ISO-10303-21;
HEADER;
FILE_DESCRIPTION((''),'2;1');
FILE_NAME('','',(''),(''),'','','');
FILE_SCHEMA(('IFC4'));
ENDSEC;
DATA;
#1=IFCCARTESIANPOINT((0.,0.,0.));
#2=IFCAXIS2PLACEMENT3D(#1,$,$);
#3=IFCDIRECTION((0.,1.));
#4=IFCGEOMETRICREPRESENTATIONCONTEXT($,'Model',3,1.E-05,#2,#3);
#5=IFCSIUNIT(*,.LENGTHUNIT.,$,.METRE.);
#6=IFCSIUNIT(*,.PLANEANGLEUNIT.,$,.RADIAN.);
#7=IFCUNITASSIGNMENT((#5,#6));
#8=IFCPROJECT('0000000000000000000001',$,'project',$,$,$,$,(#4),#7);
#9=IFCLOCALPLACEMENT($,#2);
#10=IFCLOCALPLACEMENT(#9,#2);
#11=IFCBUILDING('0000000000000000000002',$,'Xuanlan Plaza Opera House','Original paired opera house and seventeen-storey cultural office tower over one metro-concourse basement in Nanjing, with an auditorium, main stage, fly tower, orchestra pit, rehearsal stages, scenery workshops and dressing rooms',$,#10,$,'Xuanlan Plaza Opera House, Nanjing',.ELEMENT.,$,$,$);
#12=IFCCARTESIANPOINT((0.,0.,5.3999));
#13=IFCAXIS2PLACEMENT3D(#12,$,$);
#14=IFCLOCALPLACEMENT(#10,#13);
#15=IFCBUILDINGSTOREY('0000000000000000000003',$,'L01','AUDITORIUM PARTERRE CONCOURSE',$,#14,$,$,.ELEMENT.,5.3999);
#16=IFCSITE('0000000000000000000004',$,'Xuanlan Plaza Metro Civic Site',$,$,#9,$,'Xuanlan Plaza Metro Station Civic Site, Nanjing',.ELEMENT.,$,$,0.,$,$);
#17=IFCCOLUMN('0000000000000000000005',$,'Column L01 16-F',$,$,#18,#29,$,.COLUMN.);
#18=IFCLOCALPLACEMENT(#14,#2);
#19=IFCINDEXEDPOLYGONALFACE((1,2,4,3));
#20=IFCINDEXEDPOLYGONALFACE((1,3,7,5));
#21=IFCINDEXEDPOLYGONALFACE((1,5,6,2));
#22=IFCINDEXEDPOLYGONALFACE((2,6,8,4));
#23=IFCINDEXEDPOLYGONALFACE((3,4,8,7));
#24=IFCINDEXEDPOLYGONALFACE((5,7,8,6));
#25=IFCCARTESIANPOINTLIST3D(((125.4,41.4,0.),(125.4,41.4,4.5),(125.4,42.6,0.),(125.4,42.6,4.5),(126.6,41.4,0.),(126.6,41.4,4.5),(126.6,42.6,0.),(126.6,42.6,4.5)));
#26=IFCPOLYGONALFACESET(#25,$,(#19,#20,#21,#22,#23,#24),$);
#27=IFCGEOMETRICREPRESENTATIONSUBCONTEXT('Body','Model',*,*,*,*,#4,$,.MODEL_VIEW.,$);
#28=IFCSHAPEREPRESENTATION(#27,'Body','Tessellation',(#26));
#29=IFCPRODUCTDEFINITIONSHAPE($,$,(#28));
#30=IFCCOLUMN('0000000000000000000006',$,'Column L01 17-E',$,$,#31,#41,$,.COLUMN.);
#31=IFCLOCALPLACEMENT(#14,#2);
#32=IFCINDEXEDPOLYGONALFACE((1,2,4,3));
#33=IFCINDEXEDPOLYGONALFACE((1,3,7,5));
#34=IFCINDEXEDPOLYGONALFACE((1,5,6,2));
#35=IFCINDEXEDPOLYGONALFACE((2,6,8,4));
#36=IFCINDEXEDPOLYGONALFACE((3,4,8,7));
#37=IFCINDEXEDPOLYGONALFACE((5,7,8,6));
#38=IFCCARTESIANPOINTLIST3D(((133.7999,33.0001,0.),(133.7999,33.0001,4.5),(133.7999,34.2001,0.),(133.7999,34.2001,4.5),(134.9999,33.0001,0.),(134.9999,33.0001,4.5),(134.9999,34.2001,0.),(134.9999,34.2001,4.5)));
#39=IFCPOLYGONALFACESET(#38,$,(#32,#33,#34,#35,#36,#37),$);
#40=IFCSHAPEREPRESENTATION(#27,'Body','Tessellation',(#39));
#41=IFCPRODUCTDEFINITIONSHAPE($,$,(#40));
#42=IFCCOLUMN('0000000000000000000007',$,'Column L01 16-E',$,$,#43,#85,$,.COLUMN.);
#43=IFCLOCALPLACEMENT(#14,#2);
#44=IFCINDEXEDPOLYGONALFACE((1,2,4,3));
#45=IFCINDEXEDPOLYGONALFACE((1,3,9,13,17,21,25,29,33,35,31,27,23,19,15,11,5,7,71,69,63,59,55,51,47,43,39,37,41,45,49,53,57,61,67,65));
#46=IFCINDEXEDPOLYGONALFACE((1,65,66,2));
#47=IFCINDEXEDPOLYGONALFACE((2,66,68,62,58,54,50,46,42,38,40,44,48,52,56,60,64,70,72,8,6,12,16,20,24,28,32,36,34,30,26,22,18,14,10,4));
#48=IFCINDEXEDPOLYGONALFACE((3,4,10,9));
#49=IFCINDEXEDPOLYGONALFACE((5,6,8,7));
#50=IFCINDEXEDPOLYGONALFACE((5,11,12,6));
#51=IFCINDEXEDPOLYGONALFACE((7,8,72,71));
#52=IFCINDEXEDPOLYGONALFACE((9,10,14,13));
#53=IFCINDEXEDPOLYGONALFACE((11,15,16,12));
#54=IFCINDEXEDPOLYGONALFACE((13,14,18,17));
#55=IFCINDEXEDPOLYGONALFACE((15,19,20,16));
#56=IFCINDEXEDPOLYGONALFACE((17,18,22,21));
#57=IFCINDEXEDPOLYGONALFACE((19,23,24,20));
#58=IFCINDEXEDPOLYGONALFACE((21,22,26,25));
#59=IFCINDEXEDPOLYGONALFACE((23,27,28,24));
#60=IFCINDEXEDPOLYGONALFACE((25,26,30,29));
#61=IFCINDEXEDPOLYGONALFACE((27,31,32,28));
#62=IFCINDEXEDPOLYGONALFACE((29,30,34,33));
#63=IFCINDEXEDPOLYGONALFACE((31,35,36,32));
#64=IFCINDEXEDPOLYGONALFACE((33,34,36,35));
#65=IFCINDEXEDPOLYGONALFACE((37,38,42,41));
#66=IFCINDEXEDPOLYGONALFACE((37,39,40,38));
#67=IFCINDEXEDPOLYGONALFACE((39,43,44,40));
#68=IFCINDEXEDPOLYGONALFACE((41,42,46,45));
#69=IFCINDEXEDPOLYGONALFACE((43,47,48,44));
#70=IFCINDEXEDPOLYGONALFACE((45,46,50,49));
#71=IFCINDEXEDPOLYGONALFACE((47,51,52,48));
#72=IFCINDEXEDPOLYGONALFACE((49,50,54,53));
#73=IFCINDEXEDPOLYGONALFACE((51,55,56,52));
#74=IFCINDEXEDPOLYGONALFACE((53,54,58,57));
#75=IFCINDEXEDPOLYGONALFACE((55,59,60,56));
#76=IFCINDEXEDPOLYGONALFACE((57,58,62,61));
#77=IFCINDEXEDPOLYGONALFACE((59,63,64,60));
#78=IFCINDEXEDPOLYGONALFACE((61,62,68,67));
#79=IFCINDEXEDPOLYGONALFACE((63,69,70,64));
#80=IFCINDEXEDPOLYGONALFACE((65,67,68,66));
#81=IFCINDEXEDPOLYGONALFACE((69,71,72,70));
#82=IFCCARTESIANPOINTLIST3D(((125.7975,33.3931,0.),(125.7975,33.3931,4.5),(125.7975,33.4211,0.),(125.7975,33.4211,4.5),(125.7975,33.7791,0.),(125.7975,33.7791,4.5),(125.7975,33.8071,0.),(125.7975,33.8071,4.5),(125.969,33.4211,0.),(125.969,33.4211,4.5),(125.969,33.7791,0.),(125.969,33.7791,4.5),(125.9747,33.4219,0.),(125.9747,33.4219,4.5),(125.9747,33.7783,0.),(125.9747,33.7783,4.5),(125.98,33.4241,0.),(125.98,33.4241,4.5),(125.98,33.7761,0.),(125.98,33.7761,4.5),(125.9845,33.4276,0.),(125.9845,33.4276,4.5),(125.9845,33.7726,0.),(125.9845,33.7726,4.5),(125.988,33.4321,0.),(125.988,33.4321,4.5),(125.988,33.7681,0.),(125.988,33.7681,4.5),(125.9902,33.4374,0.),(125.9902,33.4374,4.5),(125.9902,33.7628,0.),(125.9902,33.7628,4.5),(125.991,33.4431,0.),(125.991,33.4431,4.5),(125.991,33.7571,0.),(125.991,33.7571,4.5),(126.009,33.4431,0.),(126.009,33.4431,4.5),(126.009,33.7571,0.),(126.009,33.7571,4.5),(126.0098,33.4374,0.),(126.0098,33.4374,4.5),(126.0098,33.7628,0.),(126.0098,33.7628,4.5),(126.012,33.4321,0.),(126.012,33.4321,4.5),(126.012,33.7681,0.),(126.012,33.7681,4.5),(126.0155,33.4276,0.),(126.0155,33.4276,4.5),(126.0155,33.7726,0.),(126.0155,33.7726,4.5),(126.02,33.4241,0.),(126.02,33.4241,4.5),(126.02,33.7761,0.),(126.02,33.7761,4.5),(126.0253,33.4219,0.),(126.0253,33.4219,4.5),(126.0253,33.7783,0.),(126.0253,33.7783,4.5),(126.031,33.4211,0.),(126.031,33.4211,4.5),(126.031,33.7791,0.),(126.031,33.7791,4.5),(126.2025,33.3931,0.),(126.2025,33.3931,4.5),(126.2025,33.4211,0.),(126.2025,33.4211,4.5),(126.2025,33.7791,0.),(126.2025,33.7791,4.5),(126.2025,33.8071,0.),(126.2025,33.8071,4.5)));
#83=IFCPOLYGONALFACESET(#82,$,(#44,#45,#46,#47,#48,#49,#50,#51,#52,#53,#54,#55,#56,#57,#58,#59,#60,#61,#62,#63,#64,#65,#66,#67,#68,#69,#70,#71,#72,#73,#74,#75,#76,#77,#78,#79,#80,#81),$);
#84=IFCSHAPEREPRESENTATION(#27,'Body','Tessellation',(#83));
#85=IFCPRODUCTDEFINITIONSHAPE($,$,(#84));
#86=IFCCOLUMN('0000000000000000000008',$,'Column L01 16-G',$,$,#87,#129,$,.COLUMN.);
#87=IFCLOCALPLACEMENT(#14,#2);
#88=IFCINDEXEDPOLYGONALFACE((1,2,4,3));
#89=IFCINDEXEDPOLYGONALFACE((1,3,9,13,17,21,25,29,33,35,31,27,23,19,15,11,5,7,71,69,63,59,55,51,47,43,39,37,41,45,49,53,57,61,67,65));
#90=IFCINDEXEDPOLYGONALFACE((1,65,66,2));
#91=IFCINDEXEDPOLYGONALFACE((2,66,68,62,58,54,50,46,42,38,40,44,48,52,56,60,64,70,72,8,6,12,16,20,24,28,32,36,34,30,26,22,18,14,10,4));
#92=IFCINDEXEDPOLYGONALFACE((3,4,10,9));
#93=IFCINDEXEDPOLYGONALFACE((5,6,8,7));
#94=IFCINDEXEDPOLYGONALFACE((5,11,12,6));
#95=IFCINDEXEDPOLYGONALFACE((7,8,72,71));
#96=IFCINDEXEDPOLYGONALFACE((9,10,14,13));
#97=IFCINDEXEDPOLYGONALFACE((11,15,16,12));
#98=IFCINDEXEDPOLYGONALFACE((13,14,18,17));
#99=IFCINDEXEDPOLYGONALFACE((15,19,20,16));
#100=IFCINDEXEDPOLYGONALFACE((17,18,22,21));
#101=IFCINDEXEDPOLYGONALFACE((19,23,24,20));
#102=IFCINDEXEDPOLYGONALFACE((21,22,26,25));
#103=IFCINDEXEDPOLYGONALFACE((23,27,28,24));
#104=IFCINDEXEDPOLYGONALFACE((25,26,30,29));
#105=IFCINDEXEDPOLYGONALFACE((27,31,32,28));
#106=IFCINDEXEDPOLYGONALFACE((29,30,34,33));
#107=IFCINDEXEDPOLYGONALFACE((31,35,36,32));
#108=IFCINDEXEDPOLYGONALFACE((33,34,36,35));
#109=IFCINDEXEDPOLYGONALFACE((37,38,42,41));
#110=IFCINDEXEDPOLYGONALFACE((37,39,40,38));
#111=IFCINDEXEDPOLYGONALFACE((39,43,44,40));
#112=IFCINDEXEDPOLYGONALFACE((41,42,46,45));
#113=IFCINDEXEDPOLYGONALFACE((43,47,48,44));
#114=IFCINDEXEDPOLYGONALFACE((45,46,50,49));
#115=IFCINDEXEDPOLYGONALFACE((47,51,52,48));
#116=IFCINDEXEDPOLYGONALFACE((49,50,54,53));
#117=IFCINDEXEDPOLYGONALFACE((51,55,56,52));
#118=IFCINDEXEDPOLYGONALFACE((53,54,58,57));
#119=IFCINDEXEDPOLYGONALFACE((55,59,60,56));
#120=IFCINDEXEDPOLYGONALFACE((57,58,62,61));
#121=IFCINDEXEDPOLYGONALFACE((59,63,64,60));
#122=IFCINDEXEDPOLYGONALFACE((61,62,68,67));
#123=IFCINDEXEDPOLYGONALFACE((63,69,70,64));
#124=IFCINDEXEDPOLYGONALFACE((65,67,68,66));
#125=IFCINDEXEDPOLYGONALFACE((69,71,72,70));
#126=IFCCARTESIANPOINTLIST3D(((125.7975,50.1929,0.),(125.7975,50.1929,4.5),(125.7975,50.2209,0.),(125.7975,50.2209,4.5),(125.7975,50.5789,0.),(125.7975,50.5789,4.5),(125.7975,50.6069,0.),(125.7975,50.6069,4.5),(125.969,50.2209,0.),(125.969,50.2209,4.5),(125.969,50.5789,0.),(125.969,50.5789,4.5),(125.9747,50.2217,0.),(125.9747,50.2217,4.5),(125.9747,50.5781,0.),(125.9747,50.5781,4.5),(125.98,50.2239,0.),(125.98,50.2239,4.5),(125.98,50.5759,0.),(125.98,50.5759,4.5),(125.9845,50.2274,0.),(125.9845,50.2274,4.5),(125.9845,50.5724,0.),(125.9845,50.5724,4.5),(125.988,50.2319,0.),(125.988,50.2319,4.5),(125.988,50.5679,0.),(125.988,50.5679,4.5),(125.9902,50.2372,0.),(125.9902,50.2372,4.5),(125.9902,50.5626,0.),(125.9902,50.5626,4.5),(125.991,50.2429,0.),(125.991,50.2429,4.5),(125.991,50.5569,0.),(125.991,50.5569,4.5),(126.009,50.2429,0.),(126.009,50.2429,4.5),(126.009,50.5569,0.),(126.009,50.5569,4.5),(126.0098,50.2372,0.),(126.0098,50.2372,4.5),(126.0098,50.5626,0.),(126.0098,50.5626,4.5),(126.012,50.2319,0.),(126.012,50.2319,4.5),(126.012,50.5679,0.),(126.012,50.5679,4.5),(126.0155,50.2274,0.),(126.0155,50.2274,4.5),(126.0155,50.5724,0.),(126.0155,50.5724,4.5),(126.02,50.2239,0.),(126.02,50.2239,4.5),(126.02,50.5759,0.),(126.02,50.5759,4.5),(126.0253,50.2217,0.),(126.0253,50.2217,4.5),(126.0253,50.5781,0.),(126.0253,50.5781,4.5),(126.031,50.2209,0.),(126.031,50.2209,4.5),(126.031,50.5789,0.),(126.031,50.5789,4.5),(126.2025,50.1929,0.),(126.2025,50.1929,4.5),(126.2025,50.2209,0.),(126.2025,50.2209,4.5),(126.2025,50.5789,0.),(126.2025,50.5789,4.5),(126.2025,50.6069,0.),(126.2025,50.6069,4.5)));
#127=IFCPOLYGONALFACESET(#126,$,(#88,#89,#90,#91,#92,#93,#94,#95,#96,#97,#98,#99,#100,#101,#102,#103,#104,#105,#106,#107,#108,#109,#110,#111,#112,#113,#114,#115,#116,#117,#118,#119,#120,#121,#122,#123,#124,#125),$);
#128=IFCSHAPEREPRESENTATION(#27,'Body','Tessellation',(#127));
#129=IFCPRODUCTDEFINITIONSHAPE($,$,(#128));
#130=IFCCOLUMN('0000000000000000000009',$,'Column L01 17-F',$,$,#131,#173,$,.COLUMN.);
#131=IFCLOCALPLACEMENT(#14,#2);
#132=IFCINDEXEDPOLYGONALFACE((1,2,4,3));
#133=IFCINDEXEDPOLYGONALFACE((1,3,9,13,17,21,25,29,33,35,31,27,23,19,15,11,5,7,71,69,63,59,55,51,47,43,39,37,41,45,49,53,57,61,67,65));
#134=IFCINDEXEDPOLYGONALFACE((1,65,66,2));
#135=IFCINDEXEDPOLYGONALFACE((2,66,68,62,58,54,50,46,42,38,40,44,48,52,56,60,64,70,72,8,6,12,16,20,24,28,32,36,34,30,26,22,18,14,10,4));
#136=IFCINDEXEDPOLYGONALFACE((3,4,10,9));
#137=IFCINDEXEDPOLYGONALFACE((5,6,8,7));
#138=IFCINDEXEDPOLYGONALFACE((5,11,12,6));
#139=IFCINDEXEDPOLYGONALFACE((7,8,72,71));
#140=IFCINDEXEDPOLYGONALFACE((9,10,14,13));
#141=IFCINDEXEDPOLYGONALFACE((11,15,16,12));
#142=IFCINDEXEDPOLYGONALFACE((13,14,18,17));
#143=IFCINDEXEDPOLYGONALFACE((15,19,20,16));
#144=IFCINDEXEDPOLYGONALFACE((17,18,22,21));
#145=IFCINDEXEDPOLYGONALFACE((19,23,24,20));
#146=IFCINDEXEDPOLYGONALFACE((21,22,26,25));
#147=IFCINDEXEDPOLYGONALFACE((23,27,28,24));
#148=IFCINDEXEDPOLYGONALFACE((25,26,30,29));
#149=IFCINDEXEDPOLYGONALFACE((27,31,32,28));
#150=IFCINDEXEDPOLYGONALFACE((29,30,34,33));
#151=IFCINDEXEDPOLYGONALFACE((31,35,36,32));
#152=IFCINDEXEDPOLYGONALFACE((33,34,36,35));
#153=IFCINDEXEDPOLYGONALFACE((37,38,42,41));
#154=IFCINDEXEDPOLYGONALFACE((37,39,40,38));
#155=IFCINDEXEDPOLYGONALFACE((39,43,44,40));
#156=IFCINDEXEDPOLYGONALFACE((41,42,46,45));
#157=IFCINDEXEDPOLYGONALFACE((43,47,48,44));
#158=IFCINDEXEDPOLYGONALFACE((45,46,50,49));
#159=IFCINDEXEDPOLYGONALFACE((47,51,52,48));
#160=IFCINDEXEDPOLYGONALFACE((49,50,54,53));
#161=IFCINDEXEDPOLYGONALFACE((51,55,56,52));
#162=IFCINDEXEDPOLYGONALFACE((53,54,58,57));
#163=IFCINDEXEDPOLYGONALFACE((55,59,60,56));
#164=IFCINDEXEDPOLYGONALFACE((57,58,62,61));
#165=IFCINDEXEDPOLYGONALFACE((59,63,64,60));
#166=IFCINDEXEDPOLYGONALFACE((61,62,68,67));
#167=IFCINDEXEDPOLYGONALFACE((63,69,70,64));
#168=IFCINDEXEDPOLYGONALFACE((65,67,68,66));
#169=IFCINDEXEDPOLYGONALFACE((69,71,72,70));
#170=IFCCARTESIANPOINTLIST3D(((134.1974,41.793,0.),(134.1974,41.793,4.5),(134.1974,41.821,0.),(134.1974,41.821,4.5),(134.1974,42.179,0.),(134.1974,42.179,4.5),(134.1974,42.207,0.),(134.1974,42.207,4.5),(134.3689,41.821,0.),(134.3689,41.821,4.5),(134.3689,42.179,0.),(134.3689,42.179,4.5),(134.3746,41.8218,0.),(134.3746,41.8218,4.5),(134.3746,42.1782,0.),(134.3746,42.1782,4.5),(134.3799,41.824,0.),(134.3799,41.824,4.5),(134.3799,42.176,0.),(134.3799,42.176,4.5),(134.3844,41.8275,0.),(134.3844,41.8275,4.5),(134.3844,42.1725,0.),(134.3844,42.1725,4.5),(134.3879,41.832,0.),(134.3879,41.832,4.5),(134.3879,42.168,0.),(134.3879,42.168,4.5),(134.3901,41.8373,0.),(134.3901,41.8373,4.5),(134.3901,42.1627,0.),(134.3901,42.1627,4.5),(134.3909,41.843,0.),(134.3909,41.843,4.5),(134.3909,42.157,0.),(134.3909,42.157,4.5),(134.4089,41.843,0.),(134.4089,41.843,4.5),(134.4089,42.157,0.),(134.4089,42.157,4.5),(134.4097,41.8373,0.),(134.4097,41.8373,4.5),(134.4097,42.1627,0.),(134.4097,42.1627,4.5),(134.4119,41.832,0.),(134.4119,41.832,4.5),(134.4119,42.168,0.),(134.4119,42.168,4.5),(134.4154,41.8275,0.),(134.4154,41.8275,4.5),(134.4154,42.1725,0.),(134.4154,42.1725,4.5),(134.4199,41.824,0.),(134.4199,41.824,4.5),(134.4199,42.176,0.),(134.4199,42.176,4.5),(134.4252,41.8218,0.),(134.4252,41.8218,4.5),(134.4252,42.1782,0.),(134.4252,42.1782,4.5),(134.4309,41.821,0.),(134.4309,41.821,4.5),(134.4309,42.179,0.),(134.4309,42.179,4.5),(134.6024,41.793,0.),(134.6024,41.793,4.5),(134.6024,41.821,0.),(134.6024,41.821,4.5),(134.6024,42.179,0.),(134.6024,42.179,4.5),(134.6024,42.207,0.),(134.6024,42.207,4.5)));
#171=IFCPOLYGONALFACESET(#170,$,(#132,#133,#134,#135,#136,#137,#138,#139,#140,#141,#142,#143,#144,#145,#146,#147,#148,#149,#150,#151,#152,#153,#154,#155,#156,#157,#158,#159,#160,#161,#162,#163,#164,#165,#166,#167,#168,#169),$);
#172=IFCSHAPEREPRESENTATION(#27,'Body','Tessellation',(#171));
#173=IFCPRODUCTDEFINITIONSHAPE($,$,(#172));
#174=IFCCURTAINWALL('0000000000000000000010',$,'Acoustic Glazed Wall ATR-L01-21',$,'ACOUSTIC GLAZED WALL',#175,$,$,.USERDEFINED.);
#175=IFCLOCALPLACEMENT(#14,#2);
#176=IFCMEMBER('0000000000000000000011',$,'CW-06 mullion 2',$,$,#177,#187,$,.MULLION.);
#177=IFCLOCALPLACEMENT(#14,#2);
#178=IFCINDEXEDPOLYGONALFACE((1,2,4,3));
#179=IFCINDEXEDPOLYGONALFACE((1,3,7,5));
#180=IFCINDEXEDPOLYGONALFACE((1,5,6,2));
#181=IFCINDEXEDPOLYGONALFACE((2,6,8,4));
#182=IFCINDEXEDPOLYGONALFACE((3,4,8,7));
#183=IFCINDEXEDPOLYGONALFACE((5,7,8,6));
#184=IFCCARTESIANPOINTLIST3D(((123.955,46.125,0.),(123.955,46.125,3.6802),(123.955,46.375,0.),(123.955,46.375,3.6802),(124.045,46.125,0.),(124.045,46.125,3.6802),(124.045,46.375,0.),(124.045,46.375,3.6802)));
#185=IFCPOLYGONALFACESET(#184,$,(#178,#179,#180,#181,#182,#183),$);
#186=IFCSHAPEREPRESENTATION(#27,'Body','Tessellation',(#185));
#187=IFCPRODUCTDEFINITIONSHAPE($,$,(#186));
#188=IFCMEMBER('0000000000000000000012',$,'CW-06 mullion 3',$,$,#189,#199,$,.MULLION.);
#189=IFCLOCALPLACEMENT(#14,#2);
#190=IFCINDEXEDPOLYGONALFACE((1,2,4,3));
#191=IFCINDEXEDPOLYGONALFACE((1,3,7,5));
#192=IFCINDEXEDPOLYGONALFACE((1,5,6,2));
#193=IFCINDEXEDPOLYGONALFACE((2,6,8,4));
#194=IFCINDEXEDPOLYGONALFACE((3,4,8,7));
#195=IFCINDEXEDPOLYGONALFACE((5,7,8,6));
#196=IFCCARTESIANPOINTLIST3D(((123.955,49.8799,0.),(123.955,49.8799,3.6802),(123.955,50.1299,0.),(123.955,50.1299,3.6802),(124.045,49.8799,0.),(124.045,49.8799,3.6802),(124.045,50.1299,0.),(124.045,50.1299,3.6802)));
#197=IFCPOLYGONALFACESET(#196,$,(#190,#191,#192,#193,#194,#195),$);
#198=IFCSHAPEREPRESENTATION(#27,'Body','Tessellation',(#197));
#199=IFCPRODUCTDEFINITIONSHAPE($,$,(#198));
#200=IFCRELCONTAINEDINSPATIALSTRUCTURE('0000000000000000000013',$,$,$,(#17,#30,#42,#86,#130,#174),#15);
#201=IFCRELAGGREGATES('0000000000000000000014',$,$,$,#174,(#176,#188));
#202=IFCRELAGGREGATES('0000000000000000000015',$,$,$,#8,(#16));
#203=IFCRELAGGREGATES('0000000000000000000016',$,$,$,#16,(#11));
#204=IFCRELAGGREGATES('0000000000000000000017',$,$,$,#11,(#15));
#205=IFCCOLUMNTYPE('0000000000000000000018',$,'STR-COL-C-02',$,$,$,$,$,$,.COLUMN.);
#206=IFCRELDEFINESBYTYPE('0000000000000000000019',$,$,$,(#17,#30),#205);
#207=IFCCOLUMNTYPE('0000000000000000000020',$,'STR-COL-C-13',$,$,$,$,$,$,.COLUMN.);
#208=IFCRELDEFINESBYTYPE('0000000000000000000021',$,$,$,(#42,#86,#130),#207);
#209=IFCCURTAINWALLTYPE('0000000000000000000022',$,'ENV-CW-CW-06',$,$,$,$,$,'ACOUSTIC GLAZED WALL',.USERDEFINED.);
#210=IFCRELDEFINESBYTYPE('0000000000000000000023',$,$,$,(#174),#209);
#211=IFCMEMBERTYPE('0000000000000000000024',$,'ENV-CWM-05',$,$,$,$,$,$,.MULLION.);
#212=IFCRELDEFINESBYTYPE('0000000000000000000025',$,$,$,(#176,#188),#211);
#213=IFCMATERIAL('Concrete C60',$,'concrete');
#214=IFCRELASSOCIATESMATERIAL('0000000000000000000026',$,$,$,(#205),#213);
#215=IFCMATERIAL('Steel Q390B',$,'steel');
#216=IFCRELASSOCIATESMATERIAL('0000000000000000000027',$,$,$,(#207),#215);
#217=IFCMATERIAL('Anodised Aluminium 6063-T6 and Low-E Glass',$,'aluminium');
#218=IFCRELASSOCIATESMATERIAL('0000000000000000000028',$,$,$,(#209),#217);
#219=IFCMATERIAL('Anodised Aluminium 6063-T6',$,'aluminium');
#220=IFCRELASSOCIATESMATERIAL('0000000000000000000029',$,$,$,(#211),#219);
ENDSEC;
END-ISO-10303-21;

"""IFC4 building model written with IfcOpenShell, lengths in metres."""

from ifc_helpers import new_model, si_unit, direction, frame, origin, origin_2d, place, context, subcontext, project, spatial, rectangle, i_section, extrude, material, material_profile, profile_set, type_object, element, aggregate, save


model = new_model("IFC4")

# Units and contexts
model_context = context("Model", 3, precision=1e-05, world=origin(), true_north=direction((0.0, 1.0)))
body_context = subcontext(model_context, "Body", "Model", "MODEL_VIEW")
ifc_project = project(units=[si_unit("LENGTHUNIT", "METRE"), si_unit("PLANEANGLEUNIT", "RADIAN")], contexts=[model_context])

# Site, building, storey
site_placement = place(None, origin())
site = spatial("IfcSite", under=ifc_project, at=site_placement, Name="Xuanlan Plaza Metro Civic Site", LongName="Xuanlan Plaza Metro Station Civic Site, Nanjing", CompositionType="ELEMENT", RefElevation=0.0)
building_placement = place(site_placement, origin())
building = spatial("IfcBuilding", under=site, at=building_placement, Name="Xuanlan Plaza Opera House", Description="Original paired opera house and seventeen-storey cultural office tower over one metro-concourse basement in Nanjing, with an auditorium, main stage, fly tower, orchestra pit, rehearsal stages, scenery workshops and dressing rooms", LongName="Xuanlan Plaza Opera House, Nanjing", CompositionType="ELEMENT")
storey_placement = place(building_placement, frame((0.0, 0.0, 5.3999)))
storey = spatial("IfcBuildingStorey", under=building, at=storey_placement, Name="L01", Description="AUDITORIUM PARTERRE CONCOURSE", CompositionType="ELEMENT", Elevation=5.3999)

# Columns
ifc_material_1 = material(Name="Concrete C60", Category="concrete")
ifc_material_profile_1 = material_profile(ifc_material_1, rectangle(XDim=1.2, YDim=1.2, at=origin_2d()), Name="RC-COL 1200x1200")
ifc_profile_set_1 = profile_set([ifc_material_profile_1], Name="Concrete C60")
column_type_1 = type_object("IfcColumnType", Name="STR-COL-C-02", PredefinedType="COLUMN", material=ifc_profile_set_1)
for number, where, z_axis, x_axis, name in (
    (1, (126.0, 42.0, 0.0), (0.0, 0.0, 1.0), (1.0, 0.0, 0.0), "Column L01 16-F"),
    (2, (134.3999, 33.6001, 0.0), (0.0, 0.0, 1.0), (1.0, 0.0, 0.0), "Column L01 17-E"),
):
    element("IfcColumn", number, at=place(storey_placement, frame(where, z_axis=z_axis, x_axis=x_axis)), inside=storey, type_object=column_type_1, Name=name, PredefinedType="COLUMN", context=body_context, shape_type="SweptSolid", body=[
        extrude(rectangle(XDim=1.2, YDim=1.2, at=origin_2d()), origin(), (0.0, 0.0, 1.0), 4.5),
    ])
ifc_material_2 = material(Name="Steel Q390B", Category="steel")
ifc_material_profile_2 = material_profile(ifc_material_2, i_section(OverallWidth=0.405, OverallDepth=0.4141, WebThickness=0.0181, FlangeThickness=0.0281, FilletRadius=0.022, at=origin_2d()), Name="HW 414x405x18x28")
ifc_profile_set_2 = profile_set([ifc_material_profile_2], Name="Steel Q390B")
column_type_2 = type_object("IfcColumnType", Name="STR-COL-C-13", PredefinedType="COLUMN", material=ifc_profile_set_2)
for number, where, z_axis, x_axis, name in (
    (3, (126.0, 33.6001, 0.0), (0.0, 0.0, 1.0), (1.0, 0.0, 0.0), "Column L01 16-E"),
    (4, (126.0, 50.3999, 0.0), (0.0, 0.0, 1.0), (1.0, 0.0, 0.0), "Column L01 16-G"),
    (5, (134.3999, 42.0, 0.0), (0.0, 0.0, 1.0), (1.0, 0.0, 0.0), "Column L01 17-F"),
):
    element("IfcColumn", number, at=place(storey_placement, frame(where, z_axis=z_axis, x_axis=x_axis)), inside=storey, type_object=column_type_2, Name=name, PredefinedType="COLUMN", context=body_context, shape_type="SweptSolid", body=[
        extrude(i_section(OverallWidth=0.405, OverallDepth=0.4141, WebThickness=0.0181, FlangeThickness=0.0281, FilletRadius=0.022, at=origin_2d()), origin(), (0.0, 0.0, 1.0), 4.5),
    ])

# Curtain wall, members
ifc_material_3 = material(Name="Anodised Aluminium 6063-T6 and Low-E Glass", Category="aluminium")
curtain_wall_type = type_object("IfcCurtainWallType", Name="ENV-CW-CW-06", ElementType="ACOUSTIC GLAZED WALL", PredefinedType="USERDEFINED", material=ifc_material_3)
curtain_wall_placement = place(storey_placement, origin())
curtain_wall = element("IfcCurtainWall", 6, at=curtain_wall_placement, inside=storey, type_object=curtain_wall_type, Name="Acoustic Glazed Wall ATR-L01-21", ObjectType="ACOUSTIC GLAZED WALL", PredefinedType="USERDEFINED")
ifc_material_4 = material(Name="Anodised Aluminium 6063-T6", Category="aluminium")
ifc_material_profile_3 = material_profile(ifc_material_4, rectangle(XDim=0.0901, YDim=0.25, at=origin_2d()), Name="ALU-M 90x250")
ifc_profile_set_3 = profile_set([ifc_material_profile_3], Name="Anodised Aluminium 6063-T6")
member_type_1 = type_object("IfcMemberType", Name="ENV-CWM-05", PredefinedType="MULLION", material=ifc_profile_set_3)
member_1_placement = place(storey_placement, frame((124.0, 46.25, 0.0), z_axis=(0.0, 0.0, 1.0), x_axis=(-1.0, 0.0, 0.0)))
member_1 = element("IfcMember", 7, at=member_1_placement, type_object=member_type_1, Name="CW-06 mullion 2", PredefinedType="MULLION", context=body_context, shape_type="SweptSolid", body=[
    extrude(rectangle(XDim=0.0901, YDim=0.25, at=origin_2d()), origin(), (0.0, 0.0, 1.0), 3.6802),
])
member_2_placement = place(storey_placement, frame((124.0, 50.0049, 0.0), z_axis=(0.0, 0.0, 1.0), x_axis=(-1.0, 0.0, 0.0)))
member_2 = element("IfcMember", 8, at=member_2_placement, type_object=member_type_1, Name="CW-06 mullion 3", PredefinedType="MULLION", context=body_context, shape_type="SweptSolid", body=[
    extrude(rectangle(XDim=0.0901, YDim=0.25, at=origin_2d()), origin(), (0.0, 0.0, 1.0), 3.6802),
])

aggregate(curtain_wall, [member_1, member_2])

save(model, "model.ifc")
